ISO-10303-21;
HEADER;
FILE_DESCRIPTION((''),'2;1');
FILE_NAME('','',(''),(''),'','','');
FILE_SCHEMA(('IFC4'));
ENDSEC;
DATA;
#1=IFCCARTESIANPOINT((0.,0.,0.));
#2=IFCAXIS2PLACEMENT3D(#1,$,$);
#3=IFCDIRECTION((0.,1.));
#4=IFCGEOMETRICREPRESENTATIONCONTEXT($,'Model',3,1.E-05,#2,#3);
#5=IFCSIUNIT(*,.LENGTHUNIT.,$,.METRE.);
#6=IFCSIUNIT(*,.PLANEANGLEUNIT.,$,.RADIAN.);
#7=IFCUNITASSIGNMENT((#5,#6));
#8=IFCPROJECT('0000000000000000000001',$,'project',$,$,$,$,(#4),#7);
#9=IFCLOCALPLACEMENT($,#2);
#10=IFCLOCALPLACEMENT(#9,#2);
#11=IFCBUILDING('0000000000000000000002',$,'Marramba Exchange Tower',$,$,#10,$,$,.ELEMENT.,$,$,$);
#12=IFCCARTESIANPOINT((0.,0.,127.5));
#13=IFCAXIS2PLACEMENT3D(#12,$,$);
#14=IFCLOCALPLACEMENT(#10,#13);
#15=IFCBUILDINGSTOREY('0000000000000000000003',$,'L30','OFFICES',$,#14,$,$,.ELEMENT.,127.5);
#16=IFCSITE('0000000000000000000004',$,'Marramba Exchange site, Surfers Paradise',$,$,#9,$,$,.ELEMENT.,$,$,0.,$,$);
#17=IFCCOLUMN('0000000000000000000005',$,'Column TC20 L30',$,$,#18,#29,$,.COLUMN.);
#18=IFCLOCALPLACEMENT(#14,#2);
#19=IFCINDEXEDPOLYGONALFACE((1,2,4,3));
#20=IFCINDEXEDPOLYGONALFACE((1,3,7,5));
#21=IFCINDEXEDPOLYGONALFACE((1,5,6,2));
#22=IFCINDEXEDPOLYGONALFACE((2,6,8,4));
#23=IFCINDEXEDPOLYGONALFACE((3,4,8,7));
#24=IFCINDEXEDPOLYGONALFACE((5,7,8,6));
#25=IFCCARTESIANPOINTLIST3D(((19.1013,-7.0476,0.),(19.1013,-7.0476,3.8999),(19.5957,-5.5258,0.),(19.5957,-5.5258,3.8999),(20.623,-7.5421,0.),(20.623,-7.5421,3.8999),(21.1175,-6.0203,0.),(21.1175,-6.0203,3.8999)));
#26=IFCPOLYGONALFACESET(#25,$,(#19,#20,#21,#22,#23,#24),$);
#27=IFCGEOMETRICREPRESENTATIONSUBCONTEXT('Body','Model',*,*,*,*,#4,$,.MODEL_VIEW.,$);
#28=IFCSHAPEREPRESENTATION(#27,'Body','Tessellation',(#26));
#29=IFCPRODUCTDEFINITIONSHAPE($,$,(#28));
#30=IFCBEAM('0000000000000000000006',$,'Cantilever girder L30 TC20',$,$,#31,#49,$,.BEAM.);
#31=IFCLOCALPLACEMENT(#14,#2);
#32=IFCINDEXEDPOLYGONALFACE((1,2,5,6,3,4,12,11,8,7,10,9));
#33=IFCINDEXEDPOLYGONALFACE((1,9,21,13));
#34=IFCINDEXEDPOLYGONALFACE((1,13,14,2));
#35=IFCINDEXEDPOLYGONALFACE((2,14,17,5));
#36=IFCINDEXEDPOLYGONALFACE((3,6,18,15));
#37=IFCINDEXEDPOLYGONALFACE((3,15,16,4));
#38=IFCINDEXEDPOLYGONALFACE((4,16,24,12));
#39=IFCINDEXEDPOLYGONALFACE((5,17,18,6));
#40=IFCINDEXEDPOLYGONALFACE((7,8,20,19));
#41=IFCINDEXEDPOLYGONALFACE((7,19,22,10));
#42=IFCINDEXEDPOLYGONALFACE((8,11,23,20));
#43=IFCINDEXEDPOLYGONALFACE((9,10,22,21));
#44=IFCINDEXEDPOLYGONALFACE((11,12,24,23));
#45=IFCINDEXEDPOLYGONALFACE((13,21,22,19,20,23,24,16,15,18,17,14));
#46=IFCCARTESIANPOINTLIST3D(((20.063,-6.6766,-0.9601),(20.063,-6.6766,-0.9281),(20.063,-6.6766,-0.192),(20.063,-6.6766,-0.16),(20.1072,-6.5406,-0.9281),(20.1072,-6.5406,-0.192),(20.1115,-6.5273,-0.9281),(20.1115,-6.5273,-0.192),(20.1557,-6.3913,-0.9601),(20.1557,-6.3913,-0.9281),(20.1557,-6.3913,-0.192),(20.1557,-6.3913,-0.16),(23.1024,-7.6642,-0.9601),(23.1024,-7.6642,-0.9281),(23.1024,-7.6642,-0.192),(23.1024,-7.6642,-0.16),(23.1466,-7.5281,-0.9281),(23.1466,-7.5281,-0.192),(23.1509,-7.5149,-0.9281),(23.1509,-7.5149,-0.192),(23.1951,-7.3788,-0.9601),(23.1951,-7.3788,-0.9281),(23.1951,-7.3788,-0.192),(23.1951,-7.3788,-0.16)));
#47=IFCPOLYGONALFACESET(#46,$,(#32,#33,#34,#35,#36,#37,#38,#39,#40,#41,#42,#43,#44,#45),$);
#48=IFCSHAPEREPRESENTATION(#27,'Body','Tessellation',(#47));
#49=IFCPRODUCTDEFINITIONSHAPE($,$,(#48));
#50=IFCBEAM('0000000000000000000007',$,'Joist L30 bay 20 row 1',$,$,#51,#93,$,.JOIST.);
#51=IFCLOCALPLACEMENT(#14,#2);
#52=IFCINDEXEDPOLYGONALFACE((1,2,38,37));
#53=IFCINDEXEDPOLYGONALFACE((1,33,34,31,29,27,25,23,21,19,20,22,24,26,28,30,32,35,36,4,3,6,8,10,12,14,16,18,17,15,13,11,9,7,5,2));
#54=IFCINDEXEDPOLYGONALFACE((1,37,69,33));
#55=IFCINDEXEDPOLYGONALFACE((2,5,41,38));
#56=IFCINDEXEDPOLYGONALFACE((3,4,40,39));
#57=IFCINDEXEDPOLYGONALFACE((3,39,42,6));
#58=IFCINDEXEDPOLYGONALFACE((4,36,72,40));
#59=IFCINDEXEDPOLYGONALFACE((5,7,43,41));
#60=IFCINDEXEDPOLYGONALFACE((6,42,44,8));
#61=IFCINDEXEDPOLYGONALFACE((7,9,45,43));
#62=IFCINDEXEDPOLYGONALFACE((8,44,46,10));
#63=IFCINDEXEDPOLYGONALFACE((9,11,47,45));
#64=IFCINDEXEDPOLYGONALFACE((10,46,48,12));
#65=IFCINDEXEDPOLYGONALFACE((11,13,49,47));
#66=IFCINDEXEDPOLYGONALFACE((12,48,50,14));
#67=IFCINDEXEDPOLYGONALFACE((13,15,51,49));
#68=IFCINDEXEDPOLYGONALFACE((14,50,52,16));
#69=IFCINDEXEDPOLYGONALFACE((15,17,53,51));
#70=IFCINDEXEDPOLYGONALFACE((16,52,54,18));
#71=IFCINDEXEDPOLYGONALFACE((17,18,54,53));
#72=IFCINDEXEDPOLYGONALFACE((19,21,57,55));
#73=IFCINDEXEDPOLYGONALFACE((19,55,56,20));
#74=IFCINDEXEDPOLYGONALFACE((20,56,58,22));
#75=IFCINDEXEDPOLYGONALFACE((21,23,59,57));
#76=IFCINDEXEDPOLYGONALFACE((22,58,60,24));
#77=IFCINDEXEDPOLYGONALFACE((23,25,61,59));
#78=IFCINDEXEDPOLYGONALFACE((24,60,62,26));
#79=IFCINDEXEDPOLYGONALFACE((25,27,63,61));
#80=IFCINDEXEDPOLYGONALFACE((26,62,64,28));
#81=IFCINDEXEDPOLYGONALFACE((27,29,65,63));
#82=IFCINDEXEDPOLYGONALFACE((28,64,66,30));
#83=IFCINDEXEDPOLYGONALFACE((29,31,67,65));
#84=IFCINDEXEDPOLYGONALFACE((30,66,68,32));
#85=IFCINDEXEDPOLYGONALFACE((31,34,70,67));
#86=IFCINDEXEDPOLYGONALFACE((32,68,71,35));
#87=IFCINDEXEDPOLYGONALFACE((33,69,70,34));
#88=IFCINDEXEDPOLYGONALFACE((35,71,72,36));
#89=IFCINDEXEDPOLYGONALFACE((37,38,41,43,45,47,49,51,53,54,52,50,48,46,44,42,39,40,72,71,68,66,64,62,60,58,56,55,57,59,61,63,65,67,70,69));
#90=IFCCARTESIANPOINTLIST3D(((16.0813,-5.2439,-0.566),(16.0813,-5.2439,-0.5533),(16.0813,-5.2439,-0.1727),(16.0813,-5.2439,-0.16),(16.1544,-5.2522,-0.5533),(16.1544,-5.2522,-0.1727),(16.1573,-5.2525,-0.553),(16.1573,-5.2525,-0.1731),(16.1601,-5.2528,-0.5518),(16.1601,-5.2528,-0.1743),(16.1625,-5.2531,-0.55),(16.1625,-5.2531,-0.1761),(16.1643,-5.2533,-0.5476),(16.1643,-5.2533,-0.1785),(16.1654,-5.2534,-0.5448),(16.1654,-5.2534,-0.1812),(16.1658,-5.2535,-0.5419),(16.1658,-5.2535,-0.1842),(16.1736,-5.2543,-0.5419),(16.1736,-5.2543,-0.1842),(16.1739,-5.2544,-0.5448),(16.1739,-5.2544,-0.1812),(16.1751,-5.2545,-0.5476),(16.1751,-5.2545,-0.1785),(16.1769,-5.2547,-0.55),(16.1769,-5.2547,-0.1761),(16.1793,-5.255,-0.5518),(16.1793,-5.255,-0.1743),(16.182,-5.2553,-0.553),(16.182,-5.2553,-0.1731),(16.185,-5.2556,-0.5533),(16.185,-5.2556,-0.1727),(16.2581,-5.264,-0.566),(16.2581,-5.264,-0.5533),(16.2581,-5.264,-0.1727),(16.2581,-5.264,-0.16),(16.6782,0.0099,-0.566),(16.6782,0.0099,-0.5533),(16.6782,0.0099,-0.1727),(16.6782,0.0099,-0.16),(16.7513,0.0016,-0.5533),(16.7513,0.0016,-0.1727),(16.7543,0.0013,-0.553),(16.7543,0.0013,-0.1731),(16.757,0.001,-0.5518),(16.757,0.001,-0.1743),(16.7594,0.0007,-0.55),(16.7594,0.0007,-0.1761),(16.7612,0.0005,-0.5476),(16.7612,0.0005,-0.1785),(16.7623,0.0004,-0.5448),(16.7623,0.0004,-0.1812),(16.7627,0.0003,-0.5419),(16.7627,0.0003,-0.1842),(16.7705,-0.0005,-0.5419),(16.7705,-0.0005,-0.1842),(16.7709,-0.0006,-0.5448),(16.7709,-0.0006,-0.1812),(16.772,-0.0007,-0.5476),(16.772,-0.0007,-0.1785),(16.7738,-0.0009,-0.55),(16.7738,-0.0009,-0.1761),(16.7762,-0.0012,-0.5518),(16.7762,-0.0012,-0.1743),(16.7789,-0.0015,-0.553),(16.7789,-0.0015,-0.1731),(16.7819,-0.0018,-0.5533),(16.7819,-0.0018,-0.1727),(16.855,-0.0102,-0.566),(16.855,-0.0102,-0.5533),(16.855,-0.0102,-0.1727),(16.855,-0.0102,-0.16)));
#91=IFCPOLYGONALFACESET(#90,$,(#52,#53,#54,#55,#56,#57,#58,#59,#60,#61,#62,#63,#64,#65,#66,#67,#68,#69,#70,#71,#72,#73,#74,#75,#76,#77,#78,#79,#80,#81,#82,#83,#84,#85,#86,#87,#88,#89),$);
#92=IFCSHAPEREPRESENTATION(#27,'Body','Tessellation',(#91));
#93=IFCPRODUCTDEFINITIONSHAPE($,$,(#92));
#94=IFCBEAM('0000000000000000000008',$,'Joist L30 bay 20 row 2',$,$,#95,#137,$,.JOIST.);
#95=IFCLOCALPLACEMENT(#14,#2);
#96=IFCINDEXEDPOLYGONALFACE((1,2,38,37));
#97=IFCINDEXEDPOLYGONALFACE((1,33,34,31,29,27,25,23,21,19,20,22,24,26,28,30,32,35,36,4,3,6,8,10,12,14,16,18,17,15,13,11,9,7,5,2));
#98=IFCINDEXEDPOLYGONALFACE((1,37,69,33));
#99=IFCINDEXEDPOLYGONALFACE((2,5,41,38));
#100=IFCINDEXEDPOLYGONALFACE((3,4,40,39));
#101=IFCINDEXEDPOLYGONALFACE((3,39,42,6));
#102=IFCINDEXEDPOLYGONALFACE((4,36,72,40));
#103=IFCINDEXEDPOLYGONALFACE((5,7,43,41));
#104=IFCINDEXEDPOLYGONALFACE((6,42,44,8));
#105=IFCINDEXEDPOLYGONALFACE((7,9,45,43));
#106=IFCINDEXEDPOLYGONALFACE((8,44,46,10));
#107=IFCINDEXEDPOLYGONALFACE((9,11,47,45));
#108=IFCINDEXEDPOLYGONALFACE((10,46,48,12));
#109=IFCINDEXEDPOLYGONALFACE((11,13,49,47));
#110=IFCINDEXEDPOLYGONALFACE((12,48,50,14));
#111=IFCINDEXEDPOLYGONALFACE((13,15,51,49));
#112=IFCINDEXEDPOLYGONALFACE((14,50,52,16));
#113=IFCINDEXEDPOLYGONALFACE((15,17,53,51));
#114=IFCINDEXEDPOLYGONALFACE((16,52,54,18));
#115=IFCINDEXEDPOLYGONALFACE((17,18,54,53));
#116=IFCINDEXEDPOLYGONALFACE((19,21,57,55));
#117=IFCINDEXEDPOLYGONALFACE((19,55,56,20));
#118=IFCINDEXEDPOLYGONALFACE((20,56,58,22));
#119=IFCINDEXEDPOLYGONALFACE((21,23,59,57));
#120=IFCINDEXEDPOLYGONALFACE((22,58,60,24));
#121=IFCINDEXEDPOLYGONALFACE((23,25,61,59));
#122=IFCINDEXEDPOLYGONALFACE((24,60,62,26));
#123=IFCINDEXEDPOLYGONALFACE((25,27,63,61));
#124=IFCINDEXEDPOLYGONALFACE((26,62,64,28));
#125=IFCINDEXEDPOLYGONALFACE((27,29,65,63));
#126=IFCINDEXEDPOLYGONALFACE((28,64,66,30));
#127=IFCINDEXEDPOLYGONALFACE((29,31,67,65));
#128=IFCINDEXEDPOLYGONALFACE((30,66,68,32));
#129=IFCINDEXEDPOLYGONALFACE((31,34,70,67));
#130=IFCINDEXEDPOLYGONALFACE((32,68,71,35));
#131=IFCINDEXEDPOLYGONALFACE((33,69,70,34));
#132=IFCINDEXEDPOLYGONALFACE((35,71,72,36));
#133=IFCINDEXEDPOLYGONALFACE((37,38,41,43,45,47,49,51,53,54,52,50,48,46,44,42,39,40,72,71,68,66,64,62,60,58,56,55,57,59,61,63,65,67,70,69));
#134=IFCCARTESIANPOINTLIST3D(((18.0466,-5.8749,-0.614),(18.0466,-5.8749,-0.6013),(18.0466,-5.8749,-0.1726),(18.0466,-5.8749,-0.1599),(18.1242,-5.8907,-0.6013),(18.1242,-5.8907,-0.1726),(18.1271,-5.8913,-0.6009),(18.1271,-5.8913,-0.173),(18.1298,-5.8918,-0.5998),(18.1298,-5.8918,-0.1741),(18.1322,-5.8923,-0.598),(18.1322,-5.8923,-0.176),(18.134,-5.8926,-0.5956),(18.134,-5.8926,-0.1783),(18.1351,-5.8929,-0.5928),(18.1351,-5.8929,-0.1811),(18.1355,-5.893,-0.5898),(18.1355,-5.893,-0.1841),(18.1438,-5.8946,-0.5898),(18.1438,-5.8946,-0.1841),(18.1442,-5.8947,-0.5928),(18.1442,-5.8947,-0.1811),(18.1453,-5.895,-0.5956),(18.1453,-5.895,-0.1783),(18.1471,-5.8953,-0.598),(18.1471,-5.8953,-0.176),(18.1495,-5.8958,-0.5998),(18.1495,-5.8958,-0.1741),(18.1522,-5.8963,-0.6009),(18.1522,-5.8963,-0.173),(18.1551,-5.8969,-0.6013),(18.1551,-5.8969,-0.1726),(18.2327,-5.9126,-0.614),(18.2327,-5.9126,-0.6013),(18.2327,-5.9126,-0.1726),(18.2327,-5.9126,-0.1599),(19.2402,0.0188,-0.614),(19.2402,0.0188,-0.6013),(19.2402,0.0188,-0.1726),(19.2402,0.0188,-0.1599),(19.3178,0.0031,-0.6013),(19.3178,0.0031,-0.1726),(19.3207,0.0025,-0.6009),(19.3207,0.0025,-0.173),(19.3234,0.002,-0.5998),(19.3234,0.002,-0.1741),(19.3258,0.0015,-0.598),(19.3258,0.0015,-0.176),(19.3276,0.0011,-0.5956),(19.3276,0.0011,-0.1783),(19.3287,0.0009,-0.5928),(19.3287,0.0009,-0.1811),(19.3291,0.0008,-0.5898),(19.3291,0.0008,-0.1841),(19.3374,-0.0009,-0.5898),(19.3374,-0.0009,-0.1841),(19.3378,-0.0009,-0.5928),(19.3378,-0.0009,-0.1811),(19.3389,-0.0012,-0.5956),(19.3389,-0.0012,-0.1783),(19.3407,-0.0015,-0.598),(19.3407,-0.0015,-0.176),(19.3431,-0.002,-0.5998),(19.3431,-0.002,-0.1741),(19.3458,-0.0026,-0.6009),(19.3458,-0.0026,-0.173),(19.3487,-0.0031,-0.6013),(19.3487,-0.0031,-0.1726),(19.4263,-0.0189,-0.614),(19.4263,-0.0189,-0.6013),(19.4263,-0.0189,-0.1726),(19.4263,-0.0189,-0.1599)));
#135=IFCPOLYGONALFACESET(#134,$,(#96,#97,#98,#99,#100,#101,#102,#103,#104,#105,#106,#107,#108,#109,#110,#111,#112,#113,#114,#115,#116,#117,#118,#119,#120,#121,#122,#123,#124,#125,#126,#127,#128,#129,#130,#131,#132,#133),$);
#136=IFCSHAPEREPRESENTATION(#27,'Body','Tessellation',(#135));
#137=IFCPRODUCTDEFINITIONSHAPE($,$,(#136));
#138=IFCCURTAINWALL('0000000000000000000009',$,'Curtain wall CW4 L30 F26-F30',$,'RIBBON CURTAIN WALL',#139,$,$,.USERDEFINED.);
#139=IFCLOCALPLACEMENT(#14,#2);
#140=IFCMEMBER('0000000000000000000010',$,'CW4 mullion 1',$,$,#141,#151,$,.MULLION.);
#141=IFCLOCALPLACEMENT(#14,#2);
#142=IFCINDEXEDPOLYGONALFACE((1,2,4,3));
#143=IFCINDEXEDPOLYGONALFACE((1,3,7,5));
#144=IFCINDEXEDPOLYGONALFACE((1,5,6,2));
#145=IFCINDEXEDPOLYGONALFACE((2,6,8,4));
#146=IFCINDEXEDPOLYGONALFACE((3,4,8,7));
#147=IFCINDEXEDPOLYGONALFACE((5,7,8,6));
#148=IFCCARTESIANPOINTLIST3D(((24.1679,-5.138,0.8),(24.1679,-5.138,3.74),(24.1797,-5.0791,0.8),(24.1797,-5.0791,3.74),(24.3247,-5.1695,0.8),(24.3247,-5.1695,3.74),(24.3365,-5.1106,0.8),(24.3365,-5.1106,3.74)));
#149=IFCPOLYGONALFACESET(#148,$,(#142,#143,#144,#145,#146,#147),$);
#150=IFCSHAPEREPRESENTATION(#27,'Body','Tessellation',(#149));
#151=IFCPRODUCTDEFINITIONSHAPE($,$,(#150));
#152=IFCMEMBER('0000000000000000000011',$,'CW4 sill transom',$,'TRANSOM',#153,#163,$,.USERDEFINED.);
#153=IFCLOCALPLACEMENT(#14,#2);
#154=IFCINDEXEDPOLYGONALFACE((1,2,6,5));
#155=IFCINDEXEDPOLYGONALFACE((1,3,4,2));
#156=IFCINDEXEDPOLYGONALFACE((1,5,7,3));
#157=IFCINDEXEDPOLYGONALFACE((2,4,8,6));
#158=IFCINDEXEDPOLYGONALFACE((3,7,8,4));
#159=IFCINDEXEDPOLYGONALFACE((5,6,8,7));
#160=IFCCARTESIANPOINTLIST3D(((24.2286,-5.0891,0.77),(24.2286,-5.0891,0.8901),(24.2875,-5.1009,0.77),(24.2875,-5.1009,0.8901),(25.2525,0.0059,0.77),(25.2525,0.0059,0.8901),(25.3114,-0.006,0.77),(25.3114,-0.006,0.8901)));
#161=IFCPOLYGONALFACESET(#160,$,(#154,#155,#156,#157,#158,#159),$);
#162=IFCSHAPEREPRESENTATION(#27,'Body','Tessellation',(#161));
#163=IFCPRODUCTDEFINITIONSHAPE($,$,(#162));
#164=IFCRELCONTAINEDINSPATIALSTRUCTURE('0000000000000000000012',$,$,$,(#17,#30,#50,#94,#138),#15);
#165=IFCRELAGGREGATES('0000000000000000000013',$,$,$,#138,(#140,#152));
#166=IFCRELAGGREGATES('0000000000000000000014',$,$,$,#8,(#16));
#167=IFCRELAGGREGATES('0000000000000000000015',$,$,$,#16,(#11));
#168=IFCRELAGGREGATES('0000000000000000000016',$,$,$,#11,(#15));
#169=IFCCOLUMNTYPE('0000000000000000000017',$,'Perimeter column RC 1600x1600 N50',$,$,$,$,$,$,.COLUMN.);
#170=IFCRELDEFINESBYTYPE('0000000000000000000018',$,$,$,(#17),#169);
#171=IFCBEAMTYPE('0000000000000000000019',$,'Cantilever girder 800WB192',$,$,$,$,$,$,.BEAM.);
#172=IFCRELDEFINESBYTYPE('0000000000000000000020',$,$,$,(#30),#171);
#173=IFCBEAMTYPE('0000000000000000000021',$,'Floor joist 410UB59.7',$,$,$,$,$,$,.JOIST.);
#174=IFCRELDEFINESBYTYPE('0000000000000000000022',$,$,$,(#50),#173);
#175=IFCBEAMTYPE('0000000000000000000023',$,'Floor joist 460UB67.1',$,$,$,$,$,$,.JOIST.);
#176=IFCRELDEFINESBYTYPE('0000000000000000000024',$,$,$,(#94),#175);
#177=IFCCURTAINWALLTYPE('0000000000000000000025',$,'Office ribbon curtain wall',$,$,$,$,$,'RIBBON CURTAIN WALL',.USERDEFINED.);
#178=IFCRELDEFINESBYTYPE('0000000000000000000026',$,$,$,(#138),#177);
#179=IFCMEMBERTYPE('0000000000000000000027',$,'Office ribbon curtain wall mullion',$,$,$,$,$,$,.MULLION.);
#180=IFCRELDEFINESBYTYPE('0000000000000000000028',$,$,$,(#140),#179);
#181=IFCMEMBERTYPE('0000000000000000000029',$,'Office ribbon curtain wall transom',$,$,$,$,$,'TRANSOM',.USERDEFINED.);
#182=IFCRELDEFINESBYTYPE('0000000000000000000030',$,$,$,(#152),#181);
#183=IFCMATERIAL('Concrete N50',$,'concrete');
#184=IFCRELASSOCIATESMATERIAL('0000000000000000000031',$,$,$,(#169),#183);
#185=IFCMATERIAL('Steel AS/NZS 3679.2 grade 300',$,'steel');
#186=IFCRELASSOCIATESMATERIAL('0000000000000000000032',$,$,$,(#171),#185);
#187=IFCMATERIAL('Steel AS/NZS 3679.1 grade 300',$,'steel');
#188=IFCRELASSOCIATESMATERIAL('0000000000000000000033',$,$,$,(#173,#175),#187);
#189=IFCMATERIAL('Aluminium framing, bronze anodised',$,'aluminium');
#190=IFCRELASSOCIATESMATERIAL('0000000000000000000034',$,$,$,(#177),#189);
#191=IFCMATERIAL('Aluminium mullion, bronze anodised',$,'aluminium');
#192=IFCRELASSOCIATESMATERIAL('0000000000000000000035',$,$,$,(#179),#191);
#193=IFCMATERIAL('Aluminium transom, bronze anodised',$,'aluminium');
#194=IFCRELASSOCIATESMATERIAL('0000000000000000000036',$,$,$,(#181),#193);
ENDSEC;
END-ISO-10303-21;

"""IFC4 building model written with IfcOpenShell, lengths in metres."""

from ifc_helpers import new_model, si_unit, direction, frame, origin, origin_2d, place, context, subcontext, project, spatial, rectangle, i_section, extrude, material, material_profile, profile_set, type_object, element, aggregate, save


model = new_model("IFC4")

# Units and contexts
model_context = context("Model", 3, precision=1e-05, world=origin(), true_north=direction((0.0, 1.0)))
body_context = subcontext(model_context, "Body", "Model", "MODEL_VIEW")
ifc_project = project(units=[si_unit("LENGTHUNIT", "METRE"), si_unit("PLANEANGLEUNIT", "RADIAN")], contexts=[model_context])

# Site, building, storey
site_placement = place(None, origin())
site = spatial("IfcSite", under=ifc_project, at=site_placement, Name="Marramba Exchange site, Surfers Paradise", CompositionType="ELEMENT", RefElevation=0.0)
building_placement = place(site_placement, origin())
building = spatial("IfcBuilding", under=site, at=building_placement, Name="Marramba Exchange Tower", CompositionType="ELEMENT")
storey_placement = place(building_placement, frame((0.0, 0.0, 127.5)))
storey = spatial("IfcBuildingStorey", under=building, at=storey_placement, Name="L30", Description="OFFICES", CompositionType="ELEMENT", Elevation=127.5)

# Column
ifc_material_1 = material(Name="Concrete N50", Category="concrete")
ifc_material_profile_1 = material_profile(ifc_material_1, rectangle(XDim=1.6001, YDim=1.6001, at=origin_2d()), Name="RC 1600x1600")
ifc_profile_set_1 = profile_set([ifc_material_profile_1], Name="Concrete N50")
column_type = type_object("IfcColumnType", Name="Perimeter column RC 1600x1600 N50", PredefinedType="COLUMN", material=ifc_profile_set_1)
column_placement = place(storey_placement, frame((20.1094, -6.5339, 0.0), z_axis=(0.0, 0.0, 1.0), x_axis=(0.951057, -0.309017, 0.0)))
element("IfcColumn", 1, at=column_placement, inside=storey, type_object=column_type, Name="Column TC20 L30", PredefinedType="COLUMN", context=body_context, shape_type="SweptSolid", body=[
    extrude(rectangle(XDim=1.6001, YDim=1.6001, at=origin_2d()), origin(), (0.0, 0.0, 1.0), 3.8999),
])

# Beams
ifc_material_2 = material(Name="Steel AS/NZS 3679.2 grade 300", Category="steel")
ifc_material_profile_2 = material_profile(ifc_material_2, i_section(OverallWidth=0.3, OverallDepth=0.8, WebThickness=0.0139, FlangeThickness=0.032, at=origin_2d()), Name="800WB192")
ifc_profile_set_2 = profile_set([ifc_material_profile_2], Name="Steel AS/NZS 3679.2 grade 300")
beam_type_1 = type_object("IfcBeamType", Name="Cantilever girder 800WB192", PredefinedType="BEAM", material=ifc_profile_set_2)
beam_1_placement = place(storey_placement, frame((20.1094, -6.5339, -0.5601), z_axis=(0.951055, -0.309022, 0.0), x_axis=(0.309022, 0.951055, 0.0)))
element("IfcBeam", 2, at=beam_1_placement, inside=storey, type_object=beam_type_1, Name="Cantilever girder L30 TC20", PredefinedType="BEAM", context=body_context, shape_type="SweptSolid", body=[
    extrude(i_section(OverallWidth=0.3, OverallDepth=0.8, WebThickness=0.0139, FlangeThickness=0.032, at=origin_2d()), origin(), (0.0, 0.0, 1.0), 3.1958),
])
ifc_material_3 = material(Name="Steel AS/NZS 3679.1 grade 300", Category="steel")
ifc_material_profile_3 = material_profile(ifc_material_3, i_section(OverallWidth=0.178, OverallDepth=0.406, WebThickness=0.0078, FlangeThickness=0.0127, FilletRadius=0.0115, at=origin_2d()), Name="410UB59.7")
ifc_profile_set_3 = profile_set([ifc_material_profile_3], Name="Steel AS/NZS 3679.1 grade 300")
beam_type_2 = type_object("IfcBeamType", Name="Floor joist 410UB59.7", PredefinedType="JOIST", material=ifc_profile_set_3)
beam_2_placement = place(storey_placement, frame((16.1697, -5.2539, -0.363), z_axis=(0.112889, 0.993608, 0.0), x_axis=(-0.993608, 0.112889, 0.0)))
element("IfcBeam", 3, at=beam_2_placement, inside=storey, type_object=beam_type_2, Name="Joist L30 bay 20 row 1", PredefinedType="JOIST", context=body_context, shape_type="SweptSolid", body=[
    extrude(i_section(OverallWidth=0.178, OverallDepth=0.406, WebThickness=0.0078, FlangeThickness=0.0127, FilletRadius=0.0115, at=origin_2d()), origin(), (0.0, 0.0, 1.0), 5.2876),
])
ifc_material_profile_4 = material_profile(ifc_material_3, i_section(OverallWidth=0.1899, OverallDepth=0.4541, WebThickness=0.0085, FlangeThickness=0.0127, FilletRadius=0.0115, at=origin_2d()), Name="460UB67.1")
ifc_profile_set_4 = profile_set([ifc_material_profile_4], Name="Steel AS/NZS 3679.1 grade 300")
beam_type_3 = type_object("IfcBeamType", Name="Floor joist 460UB67.1", PredefinedType="JOIST", material=ifc_profile_set_4)
beam_3_placement = place(storey_placement, frame((18.1396, -5.8938, -0.387), z_axis=(0.198489, 0.980103, 0.0), x_axis=(-0.980103, 0.198489, 0.0)))
element("IfcBeam", 4, at=beam_3_placement, inside=storey, type_object=beam_type_3, Name="Joist L30 bay 20 row 2", PredefinedType="JOIST", context=body_context, shape_type="SweptSolid", body=[
    extrude(i_section(OverallWidth=0.1899, OverallDepth=0.4541, WebThickness=0.0085, FlangeThickness=0.0127, FilletRadius=0.0115, at=origin_2d()), origin(), (0.0, 0.0, 1.0), 6.0134),
])

# Curtain wall, members
ifc_material_4 = material(Name="Aluminium framing, bronze anodised", Category="aluminium")
curtain_wall_type = type_object("IfcCurtainWallType", Name="Office ribbon curtain wall", ElementType="RIBBON CURTAIN WALL", PredefinedType="USERDEFINED", material=ifc_material_4)
curtain_wall_placement = place(storey_placement, origin())
curtain_wall = element("IfcCurtainWall", 5, at=curtain_wall_placement, inside=storey, type_object=curtain_wall_type, Name="Curtain wall CW4 L30 F26-F30", ObjectType="RIBBON CURTAIN WALL", PredefinedType="USERDEFINED")
ifc_material_5 = material(Name="Aluminium mullion, bronze anodised", Category="aluminium")
ifc_material_profile_5 = material_profile(ifc_material_5, rectangle(XDim=0.1599, YDim=0.0601, at=origin_2d()), Name="CW4 mullion 60x160")
ifc_profile_set_5 = profile_set([ifc_material_profile_5], Name="Aluminium mullion, bronze anodised")
member_type_1 = type_object("IfcMemberType", Name="Office ribbon curtain wall mullion", PredefinedType="MULLION", material=ifc_profile_set_5)
member_1_placement = place(storey_placement, frame((24.2522, -5.1243, 0.8), z_axis=(0.0, 0.0, 1.0), x_axis=(-0.980394, 0.197049, 0.0)))
member_1 = element("IfcMember", 6, at=member_1_placement, type_object=member_type_1, Name="CW4 mullion 1", PredefinedType="MULLION", context=body_context, shape_type="SweptSolid", body=[
    extrude(rectangle(XDim=0.1599, YDim=0.0601, at=origin_2d()), origin(), (0.0, 0.0, 1.0), 2.9399),
])
ifc_material_6 = material(Name="Aluminium transom, bronze anodised", Category="aluminium")
ifc_material_profile_6 = material_profile(ifc_material_6, rectangle(XDim=0.0601, YDim=0.1201, at=origin_2d()), Name="CW4 transom 60x120")
ifc_profile_set_6 = profile_set([ifc_material_profile_6], Name="Aluminium transom, bronze anodised")
member_type_2 = type_object("IfcMemberType", Name="Office ribbon curtain wall transom", ElementType="TRANSOM", PredefinedType="USERDEFINED", material=ifc_profile_set_6)
member_2_placement = place(storey_placement, frame((24.2581, -5.095, 0.8301), z_axis=(0.197029, 0.980398, 0.0), x_axis=(-0.980398, 0.197029, 0.0)))
member_2 = element("IfcMember", 7, at=member_2_placement, type_object=member_type_2, Name="CW4 sill transom", ObjectType="TRANSOM", PredefinedType="USERDEFINED", context=body_context, shape_type="SweptSolid", body=[
    extrude(rectangle(XDim=0.0601, YDim=0.1201, at=origin_2d()), origin(), (0.0, 0.0, 1.0), 5.1968),
])

aggregate(curtain_wall, [member_1, member_2])

save(model, "model.ifc")
